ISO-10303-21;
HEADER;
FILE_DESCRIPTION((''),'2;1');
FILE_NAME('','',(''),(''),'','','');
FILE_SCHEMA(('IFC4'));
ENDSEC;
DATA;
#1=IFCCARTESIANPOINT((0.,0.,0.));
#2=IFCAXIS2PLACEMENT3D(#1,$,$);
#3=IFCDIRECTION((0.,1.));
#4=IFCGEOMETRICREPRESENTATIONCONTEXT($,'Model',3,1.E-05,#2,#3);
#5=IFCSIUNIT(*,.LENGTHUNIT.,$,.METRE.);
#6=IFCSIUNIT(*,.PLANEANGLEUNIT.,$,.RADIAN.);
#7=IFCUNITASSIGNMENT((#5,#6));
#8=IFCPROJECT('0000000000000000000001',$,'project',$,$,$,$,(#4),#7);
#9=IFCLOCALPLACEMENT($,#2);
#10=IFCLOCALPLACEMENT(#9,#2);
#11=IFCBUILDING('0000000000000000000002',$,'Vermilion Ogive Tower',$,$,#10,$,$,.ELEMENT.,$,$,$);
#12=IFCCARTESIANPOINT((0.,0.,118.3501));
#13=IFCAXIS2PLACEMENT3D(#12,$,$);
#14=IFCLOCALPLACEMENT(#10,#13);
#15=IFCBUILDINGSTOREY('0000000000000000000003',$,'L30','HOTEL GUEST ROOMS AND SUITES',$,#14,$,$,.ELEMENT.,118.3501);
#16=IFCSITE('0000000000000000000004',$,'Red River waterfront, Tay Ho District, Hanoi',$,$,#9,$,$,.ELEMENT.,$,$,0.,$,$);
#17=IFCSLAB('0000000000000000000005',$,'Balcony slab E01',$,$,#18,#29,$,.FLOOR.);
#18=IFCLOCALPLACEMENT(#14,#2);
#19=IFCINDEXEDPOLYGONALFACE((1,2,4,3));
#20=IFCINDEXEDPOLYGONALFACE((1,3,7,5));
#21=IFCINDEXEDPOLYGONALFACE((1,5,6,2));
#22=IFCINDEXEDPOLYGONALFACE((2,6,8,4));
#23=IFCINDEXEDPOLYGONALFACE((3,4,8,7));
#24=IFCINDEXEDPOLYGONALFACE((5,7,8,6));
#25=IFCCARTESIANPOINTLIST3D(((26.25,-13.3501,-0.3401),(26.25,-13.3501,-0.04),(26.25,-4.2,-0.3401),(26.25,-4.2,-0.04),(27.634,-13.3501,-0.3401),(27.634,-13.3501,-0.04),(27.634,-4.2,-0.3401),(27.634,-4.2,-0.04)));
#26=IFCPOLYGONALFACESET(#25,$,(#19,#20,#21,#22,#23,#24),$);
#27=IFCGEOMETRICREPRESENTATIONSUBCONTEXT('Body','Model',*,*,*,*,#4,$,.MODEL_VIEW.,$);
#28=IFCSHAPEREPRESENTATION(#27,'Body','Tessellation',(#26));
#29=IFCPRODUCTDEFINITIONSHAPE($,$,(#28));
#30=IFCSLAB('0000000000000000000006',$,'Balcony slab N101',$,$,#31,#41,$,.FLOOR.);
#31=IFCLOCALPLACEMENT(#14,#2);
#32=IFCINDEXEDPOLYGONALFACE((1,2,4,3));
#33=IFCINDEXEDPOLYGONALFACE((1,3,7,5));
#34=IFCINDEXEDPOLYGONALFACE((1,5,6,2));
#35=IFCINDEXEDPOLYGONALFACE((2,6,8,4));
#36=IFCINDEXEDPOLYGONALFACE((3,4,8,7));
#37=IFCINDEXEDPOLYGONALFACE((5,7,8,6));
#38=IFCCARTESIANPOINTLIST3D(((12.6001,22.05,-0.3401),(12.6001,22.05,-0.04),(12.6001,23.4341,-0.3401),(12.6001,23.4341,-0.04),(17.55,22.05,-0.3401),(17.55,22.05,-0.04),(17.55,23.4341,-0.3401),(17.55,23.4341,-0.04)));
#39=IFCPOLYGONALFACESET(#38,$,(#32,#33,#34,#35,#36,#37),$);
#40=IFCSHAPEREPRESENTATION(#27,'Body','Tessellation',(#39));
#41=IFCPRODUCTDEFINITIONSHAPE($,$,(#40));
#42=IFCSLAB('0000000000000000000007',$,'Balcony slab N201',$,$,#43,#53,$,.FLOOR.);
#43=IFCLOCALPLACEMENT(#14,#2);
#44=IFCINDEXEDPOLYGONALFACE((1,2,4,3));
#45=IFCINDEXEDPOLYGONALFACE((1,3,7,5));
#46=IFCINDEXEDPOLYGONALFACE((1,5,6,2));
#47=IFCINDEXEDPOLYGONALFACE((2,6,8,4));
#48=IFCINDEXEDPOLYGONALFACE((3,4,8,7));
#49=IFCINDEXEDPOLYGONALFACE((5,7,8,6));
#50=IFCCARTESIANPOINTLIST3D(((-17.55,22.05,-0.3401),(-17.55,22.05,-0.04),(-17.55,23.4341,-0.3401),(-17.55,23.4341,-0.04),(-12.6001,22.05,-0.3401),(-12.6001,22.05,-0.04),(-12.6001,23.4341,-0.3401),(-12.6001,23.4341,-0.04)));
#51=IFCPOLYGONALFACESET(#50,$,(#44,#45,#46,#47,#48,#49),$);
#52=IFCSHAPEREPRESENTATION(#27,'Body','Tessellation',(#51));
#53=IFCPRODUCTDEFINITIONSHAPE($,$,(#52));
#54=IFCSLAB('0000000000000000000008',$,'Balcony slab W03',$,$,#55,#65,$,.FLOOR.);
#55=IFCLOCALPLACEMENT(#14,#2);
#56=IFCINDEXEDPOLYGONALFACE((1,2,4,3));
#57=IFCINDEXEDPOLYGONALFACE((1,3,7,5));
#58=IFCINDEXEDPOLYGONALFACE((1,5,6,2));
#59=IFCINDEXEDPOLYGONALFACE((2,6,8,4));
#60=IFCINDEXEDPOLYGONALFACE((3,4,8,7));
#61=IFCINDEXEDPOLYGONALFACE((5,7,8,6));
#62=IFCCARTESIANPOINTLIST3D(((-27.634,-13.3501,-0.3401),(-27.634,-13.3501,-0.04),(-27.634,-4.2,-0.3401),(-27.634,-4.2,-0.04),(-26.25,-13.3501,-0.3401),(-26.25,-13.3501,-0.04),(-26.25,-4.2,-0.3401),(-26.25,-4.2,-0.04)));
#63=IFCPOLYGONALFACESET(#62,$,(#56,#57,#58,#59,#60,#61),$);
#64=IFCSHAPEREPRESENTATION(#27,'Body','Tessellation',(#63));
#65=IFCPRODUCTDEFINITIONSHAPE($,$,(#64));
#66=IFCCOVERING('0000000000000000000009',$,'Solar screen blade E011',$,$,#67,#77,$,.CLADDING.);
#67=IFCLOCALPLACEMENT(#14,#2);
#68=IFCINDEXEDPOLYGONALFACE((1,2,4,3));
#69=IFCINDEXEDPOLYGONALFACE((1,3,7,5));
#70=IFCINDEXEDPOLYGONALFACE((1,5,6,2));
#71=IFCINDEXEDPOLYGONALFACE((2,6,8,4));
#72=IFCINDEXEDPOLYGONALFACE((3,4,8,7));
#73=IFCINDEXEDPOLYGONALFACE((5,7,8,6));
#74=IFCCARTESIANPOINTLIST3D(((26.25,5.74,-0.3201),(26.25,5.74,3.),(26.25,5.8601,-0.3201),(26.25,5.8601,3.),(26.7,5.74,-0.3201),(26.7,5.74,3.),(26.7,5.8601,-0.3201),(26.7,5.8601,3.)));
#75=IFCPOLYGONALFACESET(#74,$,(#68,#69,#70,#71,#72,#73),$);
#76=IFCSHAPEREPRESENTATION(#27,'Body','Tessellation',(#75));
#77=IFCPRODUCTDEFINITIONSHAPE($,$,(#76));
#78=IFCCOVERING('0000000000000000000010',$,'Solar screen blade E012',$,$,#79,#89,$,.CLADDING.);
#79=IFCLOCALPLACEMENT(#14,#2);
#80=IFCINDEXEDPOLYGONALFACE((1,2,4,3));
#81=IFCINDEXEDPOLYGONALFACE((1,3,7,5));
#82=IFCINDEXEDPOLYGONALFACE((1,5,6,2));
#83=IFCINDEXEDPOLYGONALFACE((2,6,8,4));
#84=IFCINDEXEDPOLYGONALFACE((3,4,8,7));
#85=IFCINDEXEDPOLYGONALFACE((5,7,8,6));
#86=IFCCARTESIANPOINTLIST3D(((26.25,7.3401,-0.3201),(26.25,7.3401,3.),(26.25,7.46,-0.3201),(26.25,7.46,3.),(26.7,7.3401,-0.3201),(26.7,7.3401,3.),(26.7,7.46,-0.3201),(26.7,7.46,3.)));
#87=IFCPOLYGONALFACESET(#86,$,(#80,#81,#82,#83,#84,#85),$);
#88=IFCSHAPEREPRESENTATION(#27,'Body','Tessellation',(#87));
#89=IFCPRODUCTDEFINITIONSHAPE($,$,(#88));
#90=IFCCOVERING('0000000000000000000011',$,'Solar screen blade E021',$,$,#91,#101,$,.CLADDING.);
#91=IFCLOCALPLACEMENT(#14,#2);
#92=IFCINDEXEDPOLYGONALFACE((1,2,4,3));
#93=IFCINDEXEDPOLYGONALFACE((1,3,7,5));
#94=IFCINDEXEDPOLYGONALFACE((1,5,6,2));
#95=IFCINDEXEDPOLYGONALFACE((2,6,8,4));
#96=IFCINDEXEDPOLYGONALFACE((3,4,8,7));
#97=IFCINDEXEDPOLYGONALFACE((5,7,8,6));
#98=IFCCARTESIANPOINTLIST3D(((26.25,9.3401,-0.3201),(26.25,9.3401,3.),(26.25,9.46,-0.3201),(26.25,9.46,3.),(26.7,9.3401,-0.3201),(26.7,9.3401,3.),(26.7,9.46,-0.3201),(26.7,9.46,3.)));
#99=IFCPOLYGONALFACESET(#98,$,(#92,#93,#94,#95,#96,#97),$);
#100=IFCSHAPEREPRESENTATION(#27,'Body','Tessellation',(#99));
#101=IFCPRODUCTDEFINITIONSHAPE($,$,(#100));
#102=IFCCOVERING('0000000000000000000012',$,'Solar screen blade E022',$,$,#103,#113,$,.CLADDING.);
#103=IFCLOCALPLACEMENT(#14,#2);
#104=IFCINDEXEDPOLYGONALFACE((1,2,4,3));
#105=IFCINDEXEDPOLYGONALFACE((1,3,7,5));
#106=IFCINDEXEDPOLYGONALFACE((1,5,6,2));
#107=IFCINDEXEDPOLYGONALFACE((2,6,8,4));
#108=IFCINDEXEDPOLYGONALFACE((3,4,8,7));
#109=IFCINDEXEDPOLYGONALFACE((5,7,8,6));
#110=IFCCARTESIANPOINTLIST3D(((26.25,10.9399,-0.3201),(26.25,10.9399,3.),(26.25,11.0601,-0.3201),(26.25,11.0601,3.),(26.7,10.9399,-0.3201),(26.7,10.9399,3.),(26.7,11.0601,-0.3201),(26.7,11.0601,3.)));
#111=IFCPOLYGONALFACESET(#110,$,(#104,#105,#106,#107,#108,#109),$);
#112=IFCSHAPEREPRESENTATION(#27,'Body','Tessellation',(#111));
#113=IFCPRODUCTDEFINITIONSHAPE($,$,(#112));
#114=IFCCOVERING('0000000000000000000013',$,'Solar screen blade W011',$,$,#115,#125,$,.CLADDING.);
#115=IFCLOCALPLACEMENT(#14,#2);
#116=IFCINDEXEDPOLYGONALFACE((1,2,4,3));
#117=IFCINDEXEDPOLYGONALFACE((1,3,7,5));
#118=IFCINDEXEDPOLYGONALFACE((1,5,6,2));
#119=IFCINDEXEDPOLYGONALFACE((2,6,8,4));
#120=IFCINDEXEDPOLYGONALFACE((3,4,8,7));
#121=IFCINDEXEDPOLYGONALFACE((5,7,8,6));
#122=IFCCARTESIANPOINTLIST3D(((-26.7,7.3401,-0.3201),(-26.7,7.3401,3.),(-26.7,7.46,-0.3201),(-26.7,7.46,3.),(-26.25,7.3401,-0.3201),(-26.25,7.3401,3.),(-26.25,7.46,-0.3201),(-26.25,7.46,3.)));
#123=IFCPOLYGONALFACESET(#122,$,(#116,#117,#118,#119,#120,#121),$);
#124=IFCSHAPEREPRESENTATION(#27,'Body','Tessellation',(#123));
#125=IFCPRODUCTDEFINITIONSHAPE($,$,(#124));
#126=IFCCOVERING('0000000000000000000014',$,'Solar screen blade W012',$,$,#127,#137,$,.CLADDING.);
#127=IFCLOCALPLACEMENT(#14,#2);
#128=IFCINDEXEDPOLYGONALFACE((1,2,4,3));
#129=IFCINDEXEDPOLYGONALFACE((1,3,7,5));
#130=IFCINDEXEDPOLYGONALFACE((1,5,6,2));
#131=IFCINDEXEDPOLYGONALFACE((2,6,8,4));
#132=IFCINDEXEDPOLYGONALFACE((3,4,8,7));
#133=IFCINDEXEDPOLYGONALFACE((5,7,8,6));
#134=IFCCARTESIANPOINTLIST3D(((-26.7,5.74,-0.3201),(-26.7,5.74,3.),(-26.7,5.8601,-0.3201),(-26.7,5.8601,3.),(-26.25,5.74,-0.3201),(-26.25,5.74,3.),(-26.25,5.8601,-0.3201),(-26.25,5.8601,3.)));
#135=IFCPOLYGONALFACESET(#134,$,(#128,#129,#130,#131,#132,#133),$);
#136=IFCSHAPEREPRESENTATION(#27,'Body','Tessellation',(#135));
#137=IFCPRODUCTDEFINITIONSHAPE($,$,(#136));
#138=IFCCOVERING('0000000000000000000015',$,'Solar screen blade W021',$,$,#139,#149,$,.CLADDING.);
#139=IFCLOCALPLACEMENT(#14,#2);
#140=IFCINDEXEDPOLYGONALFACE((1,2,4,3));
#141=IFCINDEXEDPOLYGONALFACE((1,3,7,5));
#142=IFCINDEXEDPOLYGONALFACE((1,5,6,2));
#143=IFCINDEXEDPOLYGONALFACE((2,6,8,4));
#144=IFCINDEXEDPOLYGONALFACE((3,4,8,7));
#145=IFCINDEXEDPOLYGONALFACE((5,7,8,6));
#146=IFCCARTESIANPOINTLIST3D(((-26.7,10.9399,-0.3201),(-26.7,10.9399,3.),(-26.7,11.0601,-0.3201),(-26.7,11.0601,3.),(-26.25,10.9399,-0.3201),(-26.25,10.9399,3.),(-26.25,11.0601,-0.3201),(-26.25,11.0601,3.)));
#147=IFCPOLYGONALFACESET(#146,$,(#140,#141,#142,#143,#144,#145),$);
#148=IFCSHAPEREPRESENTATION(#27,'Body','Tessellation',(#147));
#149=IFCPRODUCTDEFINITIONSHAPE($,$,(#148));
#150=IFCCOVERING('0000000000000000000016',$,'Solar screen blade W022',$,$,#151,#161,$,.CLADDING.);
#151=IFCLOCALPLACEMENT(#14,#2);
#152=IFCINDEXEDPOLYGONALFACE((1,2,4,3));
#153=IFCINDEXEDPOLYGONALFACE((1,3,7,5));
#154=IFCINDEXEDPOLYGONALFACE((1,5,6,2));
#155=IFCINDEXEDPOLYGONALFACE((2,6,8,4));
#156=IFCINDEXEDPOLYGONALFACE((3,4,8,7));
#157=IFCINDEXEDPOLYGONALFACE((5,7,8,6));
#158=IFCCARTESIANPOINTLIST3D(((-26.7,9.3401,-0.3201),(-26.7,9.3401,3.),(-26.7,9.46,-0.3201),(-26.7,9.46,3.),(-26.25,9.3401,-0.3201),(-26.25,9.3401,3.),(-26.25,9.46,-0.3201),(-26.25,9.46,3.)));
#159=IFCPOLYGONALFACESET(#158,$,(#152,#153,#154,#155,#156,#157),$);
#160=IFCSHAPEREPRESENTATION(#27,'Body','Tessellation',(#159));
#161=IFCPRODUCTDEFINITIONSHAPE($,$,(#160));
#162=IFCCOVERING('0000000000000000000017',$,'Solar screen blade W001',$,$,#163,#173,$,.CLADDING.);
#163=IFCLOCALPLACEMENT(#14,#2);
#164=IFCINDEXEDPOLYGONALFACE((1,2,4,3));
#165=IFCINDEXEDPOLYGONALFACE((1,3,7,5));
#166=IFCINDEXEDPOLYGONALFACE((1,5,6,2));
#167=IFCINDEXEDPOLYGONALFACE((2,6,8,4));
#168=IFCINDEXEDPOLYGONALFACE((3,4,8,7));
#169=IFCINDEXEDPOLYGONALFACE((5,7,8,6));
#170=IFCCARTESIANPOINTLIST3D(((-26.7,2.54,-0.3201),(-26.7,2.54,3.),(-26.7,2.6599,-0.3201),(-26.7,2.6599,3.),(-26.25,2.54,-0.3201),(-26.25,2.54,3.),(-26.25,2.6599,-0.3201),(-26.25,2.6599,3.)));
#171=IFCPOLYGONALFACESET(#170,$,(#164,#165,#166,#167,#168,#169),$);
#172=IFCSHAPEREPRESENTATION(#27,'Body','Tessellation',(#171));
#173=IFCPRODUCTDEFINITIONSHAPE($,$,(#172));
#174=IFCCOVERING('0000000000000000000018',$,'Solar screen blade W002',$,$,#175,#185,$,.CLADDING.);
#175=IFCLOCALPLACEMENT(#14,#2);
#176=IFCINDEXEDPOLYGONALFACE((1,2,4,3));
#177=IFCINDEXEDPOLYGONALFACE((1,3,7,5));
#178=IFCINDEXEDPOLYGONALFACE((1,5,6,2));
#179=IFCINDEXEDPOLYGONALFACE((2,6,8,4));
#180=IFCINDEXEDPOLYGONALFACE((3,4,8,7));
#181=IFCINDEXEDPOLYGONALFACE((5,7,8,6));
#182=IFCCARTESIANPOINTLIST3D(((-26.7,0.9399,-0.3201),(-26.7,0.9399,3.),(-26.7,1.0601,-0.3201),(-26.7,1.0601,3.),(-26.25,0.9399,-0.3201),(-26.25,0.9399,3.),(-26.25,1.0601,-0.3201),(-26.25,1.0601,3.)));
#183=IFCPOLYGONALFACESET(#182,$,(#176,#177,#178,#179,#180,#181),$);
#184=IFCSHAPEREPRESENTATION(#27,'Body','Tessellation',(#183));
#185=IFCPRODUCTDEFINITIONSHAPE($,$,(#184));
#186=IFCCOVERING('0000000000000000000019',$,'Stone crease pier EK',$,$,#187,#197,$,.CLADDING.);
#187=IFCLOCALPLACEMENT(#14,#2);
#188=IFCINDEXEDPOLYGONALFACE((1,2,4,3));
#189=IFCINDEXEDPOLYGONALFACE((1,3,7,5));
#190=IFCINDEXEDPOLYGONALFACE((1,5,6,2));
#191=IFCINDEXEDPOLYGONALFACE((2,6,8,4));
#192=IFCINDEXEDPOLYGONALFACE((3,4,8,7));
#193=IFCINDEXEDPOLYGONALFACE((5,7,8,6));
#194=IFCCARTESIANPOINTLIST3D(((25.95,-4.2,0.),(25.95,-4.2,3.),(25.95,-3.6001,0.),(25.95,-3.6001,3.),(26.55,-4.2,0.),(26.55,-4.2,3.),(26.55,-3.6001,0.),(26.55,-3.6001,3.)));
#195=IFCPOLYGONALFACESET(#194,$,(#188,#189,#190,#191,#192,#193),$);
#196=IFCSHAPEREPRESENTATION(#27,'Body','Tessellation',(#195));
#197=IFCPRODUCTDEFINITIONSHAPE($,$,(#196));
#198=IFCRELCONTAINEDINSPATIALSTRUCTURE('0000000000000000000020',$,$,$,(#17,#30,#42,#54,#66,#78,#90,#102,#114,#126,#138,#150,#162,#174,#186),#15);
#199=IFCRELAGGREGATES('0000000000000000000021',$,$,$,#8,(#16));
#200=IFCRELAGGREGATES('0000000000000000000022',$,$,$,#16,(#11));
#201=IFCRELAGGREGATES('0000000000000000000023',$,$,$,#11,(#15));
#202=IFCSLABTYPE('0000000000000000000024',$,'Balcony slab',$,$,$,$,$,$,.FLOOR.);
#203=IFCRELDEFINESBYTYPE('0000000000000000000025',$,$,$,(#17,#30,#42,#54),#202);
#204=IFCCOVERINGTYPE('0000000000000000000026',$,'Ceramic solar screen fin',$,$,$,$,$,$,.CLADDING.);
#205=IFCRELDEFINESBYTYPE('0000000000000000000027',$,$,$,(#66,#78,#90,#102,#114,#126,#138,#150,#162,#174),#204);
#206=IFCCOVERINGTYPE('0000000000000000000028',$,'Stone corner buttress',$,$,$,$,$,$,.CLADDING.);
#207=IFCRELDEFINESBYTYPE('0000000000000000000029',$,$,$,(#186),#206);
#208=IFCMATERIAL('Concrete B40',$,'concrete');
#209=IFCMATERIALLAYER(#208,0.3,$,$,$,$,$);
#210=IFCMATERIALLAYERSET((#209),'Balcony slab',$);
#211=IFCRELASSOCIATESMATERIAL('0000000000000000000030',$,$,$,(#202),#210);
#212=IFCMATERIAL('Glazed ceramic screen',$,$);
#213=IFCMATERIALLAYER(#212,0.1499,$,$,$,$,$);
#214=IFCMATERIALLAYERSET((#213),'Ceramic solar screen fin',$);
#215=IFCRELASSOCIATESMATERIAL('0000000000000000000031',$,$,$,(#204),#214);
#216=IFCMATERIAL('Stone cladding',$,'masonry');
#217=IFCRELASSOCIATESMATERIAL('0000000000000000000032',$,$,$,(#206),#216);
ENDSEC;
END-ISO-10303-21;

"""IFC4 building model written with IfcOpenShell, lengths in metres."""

from ifc_helpers import new_model, si_unit, direction, frame, origin, place, context, subcontext, project, spatial, polyline, outline, extrude, material, layer, layer_set, type_object, element, save


model = new_model("IFC4")

# Units and contexts
model_context = context("Model", 3, precision=1e-05, world=origin(), true_north=direction((0.0, 1.0)))
body_context = subcontext(model_context, "Body", "Model", "MODEL_VIEW")
ifc_project = project(units=[si_unit("LENGTHUNIT", "METRE"), si_unit("PLANEANGLEUNIT", "RADIAN")], contexts=[model_context])

# Site, building, storey
site_placement = place(None, origin())
site = spatial("IfcSite", under=ifc_project, at=site_placement, Name="Red River waterfront, Tay Ho District, Hanoi", CompositionType="ELEMENT", RefElevation=0.0)
building_placement = place(site_placement, origin())
building = spatial("IfcBuilding", under=site, at=building_placement, Name="Vermilion Ogive Tower", CompositionType="ELEMENT")
storey_placement = place(building_placement, frame((0.0, 0.0, 118.3501)))
storey = spatial("IfcBuildingStorey", under=building, at=storey_placement, Name="L30", Description="HOTEL GUEST ROOMS AND SUITES", CompositionType="ELEMENT", Elevation=118.3501)

# Slabs
ifc_material_1 = material(Name="Concrete B40", Category="concrete")
ifc_layer_1 = layer(ifc_material_1, 0.3)
ifc_layer_set_1 = layer_set([ifc_layer_1], Name="Balcony slab")
slab_type = type_object("IfcSlabType", Name="Balcony slab", PredefinedType="FLOOR", material=ifc_layer_set_1)
slab_1_placement = place(storey_placement, frame((0.0, 0.0, -0.3401)))
element("IfcSlab", 1, at=slab_1_placement, inside=storey, type_object=slab_type, Name="Balcony slab E01", PredefinedType="FLOOR", context=body_context, shape_type="SweptSolid", body=[
    extrude(outline(polyline([(27.634, -13.3501), (27.634, -4.2), (26.25, -4.2), (26.25, -13.3501), (27.634, -13.3501)])), origin(), (0.0, 0.0, 1.0), 0.3),
])
slab_2_placement = place(storey_placement, frame((0.0, 0.0, -0.3401)))
element("IfcSlab", 2, at=slab_2_placement, inside=storey, type_object=slab_type, Name="Balcony slab N101", PredefinedType="FLOOR", context=body_context, shape_type="SweptSolid", body=[
    extrude(outline(polyline([(17.55, 23.4341), (12.6001, 23.4341), (12.6001, 22.05), (17.55, 22.05), (17.55, 23.4341)])), origin(), (0.0, 0.0, 1.0), 0.3),
])
slab_3_placement = place(storey_placement, frame((0.0, 0.0, -0.3401)))
element("IfcSlab", 3, at=slab_3_placement, inside=storey, type_object=slab_type, Name="Balcony slab N201", PredefinedType="FLOOR", context=body_context, shape_type="SweptSolid", body=[
    extrude(outline(polyline([(-12.6001, 23.4341), (-17.55, 23.4341), (-17.55, 22.05), (-12.6001, 22.05), (-12.6001, 23.4341)])), origin(), (0.0, 0.0, 1.0), 0.3),
])
slab_4_placement = place(storey_placement, frame((0.0, 0.0, -0.3401)))
element("IfcSlab", 4, at=slab_4_placement, inside=storey, type_object=slab_type, Name="Balcony slab W03", PredefinedType="FLOOR", context=body_context, shape_type="SweptSolid", body=[
    extrude(outline(polyline([(-27.634, -4.2), (-27.634, -13.3501), (-26.25, -13.3501), (-26.25, -4.2), (-27.634, -4.2)])), origin(), (0.0, 0.0, 1.0), 0.3),
])

# Coverings
ifc_material_2 = material(Name="Glazed ceramic screen")
ifc_layer_2 = layer(ifc_material_2, 0.1499)
ifc_layer_set_2 = layer_set([ifc_layer_2], Name="Ceramic solar screen fin")
covering_type_1 = type_object("IfcCoveringType", Name="Ceramic solar screen fin", PredefinedType="CLADDING", material=ifc_layer_set_2)
covering_1_placement = place(storey_placement, frame((0.0, 0.0, -0.3201)))
element("IfcCovering", 5, at=covering_1_placement, inside=storey, type_object=covering_type_1, Name="Solar screen blade E011", PredefinedType="CLADDING", context=body_context, shape_type="SweptSolid", body=[
    extrude(outline(polyline([(26.7, 5.74), (26.7, 5.8601), (26.25, 5.8601), (26.25, 5.74), (26.7, 5.74)])), origin(), (0.0, 0.0, 1.0), 3.3201),
])
covering_2_placement = place(storey_placement, frame((0.0, 0.0, -0.3201)))
element("IfcCovering", 6, at=covering_2_placement, inside=storey, type_object=covering_type_1, Name="Solar screen blade E012", PredefinedType="CLADDING", context=body_context, shape_type="SweptSolid", body=[
    extrude(outline(polyline([(26.7, 7.3401), (26.7, 7.46), (26.25, 7.46), (26.25, 7.3401), (26.7, 7.3401)])), origin(), (0.0, 0.0, 1.0), 3.3201),
])
covering_3_placement = place(storey_placement, frame((0.0, 0.0, -0.3201)))
element("IfcCovering", 7, at=covering_3_placement, inside=storey, type_object=covering_type_1, Name="Solar screen blade E021", PredefinedType="CLADDING", context=body_context, shape_type="SweptSolid", body=[
    extrude(outline(polyline([(26.7, 9.3401), (26.7, 9.46), (26.25, 9.46), (26.25, 9.3401), (26.7, 9.3401)])), origin(), (0.0, 0.0, 1.0), 3.3201),
])
covering_4_placement = place(storey_placement, frame((0.0, 0.0, -0.3201)))
element("IfcCovering", 8, at=covering_4_placement, inside=storey, type_object=covering_type_1, Name="Solar screen blade E022", PredefinedType="CLADDING", context=body_context, shape_type="SweptSolid", body=[
    extrude(outline(polyline([(26.7, 10.9399), (26.7, 11.0601), (26.25, 11.0601), (26.25, 10.9399), (26.7, 10.9399)])), origin(), (0.0, 0.0, 1.0), 3.3201),
])
covering_5_placement = place(storey_placement, frame((0.0, 0.0, -0.3201)))
element("IfcCovering", 9, at=covering_5_placement, inside=storey, type_object=covering_type_1, Name="Solar screen blade W011", PredefinedType="CLADDING", context=body_context, shape_type="SweptSolid", body=[
    extrude(outline(polyline([(-26.7, 7.46), (-26.7, 7.3401), (-26.25, 7.3401), (-26.25, 7.46), (-26.7, 7.46)])), origin(), (0.0, 0.0, 1.0), 3.3201),
])
covering_6_placement = place(storey_placement, frame((0.0, 0.0, -0.3201)))
element("IfcCovering", 10, at=covering_6_placement, inside=storey, type_object=covering_type_1, Name="Solar screen blade W012", PredefinedType="CLADDING", context=body_context, shape_type="SweptSolid", body=[
    extrude(outline(polyline([(-26.7, 5.8601), (-26.7, 5.74), (-26.25, 5.74), (-26.25, 5.8601), (-26.7, 5.8601)])), origin(), (0.0, 0.0, 1.0), 3.3201),
])
covering_7_placement = place(storey_placement, frame((0.0, 0.0, -0.3201)))
element("IfcCovering", 11, at=covering_7_placement, inside=storey, type_object=covering_type_1, Name="Solar screen blade W021", PredefinedType="CLADDING", context=body_context, shape_type="SweptSolid", body=[
    extrude(outline(polyline([(-26.7, 11.0601), (-26.7, 10.9399), (-26.25, 10.9399), (-26.25, 11.0601), (-26.7, 11.0601)])), origin(), (0.0, 0.0, 1.0), 3.3201),
])
covering_8_placement = place(storey_placement, frame((0.0, 0.0, -0.3201)))
element("IfcCovering", 12, at=covering_8_placement, inside=storey, type_object=covering_type_1, Name="Solar screen blade W022", PredefinedType="CLADDING", context=body_context, shape_type="SweptSolid", body=[
    extrude(outline(polyline([(-26.7, 9.46), (-26.7, 9.3401), (-26.25, 9.3401), (-26.25, 9.46), (-26.7, 9.46)])), origin(), (0.0, 0.0, 1.0), 3.3201),
])
covering_9_placement = place(storey_placement, frame((0.0, 0.0, -0.3201)))
element("IfcCovering", 13, at=covering_9_placement, inside=storey, type_object=covering_type_1, Name="Solar screen blade W001", PredefinedType="CLADDING", context=body_context, shape_type="SweptSolid", body=[
    extrude(outline(polyline([(-26.7, 2.6599), (-26.7, 2.54), (-26.25, 2.54), (-26.25, 2.6599), (-26.7, 2.6599)])), origin(), (0.0, 0.0, 1.0), 3.3201),
])
covering_10_placement = place(storey_placement, frame((0.0, 0.0, -0.3201)))
element("IfcCovering", 14, at=covering_10_placement, inside=storey, type_object=covering_type_1, Name="Solar screen blade W002", PredefinedType="CLADDING", context=body_context, shape_type="SweptSolid", body=[
    extrude(outline(polyline([(-26.7, 1.0601), (-26.7, 0.9399), (-26.25, 0.9399), (-26.25, 1.0601), (-26.7, 1.0601)])), origin(), (0.0, 0.0, 1.0), 3.3201),
])
ifc_material_3 = material(Name="Stone cladding", Category="masonry")
covering_type_2 = type_object("IfcCoveringType", Name="Stone corner buttress", PredefinedType="CLADDING", material=ifc_material_3)
covering_11_placement = place(storey_placement, origin())
element("IfcCovering", 15, at=covering_11_placement, inside=storey, type_object=covering_type_2, Name="Stone crease pier EK", PredefinedType="CLADDING", context=body_context, shape_type="SweptSolid", body=[
    extrude(outline(polyline([(26.55, -4.2), (26.55, -3.6001), (25.95, -3.6001), (25.95, -4.2), (26.55, -4.2)])), origin(), (0.0, 0.0, 1.0), 3.0),
])

save(model, "model.ifc")
